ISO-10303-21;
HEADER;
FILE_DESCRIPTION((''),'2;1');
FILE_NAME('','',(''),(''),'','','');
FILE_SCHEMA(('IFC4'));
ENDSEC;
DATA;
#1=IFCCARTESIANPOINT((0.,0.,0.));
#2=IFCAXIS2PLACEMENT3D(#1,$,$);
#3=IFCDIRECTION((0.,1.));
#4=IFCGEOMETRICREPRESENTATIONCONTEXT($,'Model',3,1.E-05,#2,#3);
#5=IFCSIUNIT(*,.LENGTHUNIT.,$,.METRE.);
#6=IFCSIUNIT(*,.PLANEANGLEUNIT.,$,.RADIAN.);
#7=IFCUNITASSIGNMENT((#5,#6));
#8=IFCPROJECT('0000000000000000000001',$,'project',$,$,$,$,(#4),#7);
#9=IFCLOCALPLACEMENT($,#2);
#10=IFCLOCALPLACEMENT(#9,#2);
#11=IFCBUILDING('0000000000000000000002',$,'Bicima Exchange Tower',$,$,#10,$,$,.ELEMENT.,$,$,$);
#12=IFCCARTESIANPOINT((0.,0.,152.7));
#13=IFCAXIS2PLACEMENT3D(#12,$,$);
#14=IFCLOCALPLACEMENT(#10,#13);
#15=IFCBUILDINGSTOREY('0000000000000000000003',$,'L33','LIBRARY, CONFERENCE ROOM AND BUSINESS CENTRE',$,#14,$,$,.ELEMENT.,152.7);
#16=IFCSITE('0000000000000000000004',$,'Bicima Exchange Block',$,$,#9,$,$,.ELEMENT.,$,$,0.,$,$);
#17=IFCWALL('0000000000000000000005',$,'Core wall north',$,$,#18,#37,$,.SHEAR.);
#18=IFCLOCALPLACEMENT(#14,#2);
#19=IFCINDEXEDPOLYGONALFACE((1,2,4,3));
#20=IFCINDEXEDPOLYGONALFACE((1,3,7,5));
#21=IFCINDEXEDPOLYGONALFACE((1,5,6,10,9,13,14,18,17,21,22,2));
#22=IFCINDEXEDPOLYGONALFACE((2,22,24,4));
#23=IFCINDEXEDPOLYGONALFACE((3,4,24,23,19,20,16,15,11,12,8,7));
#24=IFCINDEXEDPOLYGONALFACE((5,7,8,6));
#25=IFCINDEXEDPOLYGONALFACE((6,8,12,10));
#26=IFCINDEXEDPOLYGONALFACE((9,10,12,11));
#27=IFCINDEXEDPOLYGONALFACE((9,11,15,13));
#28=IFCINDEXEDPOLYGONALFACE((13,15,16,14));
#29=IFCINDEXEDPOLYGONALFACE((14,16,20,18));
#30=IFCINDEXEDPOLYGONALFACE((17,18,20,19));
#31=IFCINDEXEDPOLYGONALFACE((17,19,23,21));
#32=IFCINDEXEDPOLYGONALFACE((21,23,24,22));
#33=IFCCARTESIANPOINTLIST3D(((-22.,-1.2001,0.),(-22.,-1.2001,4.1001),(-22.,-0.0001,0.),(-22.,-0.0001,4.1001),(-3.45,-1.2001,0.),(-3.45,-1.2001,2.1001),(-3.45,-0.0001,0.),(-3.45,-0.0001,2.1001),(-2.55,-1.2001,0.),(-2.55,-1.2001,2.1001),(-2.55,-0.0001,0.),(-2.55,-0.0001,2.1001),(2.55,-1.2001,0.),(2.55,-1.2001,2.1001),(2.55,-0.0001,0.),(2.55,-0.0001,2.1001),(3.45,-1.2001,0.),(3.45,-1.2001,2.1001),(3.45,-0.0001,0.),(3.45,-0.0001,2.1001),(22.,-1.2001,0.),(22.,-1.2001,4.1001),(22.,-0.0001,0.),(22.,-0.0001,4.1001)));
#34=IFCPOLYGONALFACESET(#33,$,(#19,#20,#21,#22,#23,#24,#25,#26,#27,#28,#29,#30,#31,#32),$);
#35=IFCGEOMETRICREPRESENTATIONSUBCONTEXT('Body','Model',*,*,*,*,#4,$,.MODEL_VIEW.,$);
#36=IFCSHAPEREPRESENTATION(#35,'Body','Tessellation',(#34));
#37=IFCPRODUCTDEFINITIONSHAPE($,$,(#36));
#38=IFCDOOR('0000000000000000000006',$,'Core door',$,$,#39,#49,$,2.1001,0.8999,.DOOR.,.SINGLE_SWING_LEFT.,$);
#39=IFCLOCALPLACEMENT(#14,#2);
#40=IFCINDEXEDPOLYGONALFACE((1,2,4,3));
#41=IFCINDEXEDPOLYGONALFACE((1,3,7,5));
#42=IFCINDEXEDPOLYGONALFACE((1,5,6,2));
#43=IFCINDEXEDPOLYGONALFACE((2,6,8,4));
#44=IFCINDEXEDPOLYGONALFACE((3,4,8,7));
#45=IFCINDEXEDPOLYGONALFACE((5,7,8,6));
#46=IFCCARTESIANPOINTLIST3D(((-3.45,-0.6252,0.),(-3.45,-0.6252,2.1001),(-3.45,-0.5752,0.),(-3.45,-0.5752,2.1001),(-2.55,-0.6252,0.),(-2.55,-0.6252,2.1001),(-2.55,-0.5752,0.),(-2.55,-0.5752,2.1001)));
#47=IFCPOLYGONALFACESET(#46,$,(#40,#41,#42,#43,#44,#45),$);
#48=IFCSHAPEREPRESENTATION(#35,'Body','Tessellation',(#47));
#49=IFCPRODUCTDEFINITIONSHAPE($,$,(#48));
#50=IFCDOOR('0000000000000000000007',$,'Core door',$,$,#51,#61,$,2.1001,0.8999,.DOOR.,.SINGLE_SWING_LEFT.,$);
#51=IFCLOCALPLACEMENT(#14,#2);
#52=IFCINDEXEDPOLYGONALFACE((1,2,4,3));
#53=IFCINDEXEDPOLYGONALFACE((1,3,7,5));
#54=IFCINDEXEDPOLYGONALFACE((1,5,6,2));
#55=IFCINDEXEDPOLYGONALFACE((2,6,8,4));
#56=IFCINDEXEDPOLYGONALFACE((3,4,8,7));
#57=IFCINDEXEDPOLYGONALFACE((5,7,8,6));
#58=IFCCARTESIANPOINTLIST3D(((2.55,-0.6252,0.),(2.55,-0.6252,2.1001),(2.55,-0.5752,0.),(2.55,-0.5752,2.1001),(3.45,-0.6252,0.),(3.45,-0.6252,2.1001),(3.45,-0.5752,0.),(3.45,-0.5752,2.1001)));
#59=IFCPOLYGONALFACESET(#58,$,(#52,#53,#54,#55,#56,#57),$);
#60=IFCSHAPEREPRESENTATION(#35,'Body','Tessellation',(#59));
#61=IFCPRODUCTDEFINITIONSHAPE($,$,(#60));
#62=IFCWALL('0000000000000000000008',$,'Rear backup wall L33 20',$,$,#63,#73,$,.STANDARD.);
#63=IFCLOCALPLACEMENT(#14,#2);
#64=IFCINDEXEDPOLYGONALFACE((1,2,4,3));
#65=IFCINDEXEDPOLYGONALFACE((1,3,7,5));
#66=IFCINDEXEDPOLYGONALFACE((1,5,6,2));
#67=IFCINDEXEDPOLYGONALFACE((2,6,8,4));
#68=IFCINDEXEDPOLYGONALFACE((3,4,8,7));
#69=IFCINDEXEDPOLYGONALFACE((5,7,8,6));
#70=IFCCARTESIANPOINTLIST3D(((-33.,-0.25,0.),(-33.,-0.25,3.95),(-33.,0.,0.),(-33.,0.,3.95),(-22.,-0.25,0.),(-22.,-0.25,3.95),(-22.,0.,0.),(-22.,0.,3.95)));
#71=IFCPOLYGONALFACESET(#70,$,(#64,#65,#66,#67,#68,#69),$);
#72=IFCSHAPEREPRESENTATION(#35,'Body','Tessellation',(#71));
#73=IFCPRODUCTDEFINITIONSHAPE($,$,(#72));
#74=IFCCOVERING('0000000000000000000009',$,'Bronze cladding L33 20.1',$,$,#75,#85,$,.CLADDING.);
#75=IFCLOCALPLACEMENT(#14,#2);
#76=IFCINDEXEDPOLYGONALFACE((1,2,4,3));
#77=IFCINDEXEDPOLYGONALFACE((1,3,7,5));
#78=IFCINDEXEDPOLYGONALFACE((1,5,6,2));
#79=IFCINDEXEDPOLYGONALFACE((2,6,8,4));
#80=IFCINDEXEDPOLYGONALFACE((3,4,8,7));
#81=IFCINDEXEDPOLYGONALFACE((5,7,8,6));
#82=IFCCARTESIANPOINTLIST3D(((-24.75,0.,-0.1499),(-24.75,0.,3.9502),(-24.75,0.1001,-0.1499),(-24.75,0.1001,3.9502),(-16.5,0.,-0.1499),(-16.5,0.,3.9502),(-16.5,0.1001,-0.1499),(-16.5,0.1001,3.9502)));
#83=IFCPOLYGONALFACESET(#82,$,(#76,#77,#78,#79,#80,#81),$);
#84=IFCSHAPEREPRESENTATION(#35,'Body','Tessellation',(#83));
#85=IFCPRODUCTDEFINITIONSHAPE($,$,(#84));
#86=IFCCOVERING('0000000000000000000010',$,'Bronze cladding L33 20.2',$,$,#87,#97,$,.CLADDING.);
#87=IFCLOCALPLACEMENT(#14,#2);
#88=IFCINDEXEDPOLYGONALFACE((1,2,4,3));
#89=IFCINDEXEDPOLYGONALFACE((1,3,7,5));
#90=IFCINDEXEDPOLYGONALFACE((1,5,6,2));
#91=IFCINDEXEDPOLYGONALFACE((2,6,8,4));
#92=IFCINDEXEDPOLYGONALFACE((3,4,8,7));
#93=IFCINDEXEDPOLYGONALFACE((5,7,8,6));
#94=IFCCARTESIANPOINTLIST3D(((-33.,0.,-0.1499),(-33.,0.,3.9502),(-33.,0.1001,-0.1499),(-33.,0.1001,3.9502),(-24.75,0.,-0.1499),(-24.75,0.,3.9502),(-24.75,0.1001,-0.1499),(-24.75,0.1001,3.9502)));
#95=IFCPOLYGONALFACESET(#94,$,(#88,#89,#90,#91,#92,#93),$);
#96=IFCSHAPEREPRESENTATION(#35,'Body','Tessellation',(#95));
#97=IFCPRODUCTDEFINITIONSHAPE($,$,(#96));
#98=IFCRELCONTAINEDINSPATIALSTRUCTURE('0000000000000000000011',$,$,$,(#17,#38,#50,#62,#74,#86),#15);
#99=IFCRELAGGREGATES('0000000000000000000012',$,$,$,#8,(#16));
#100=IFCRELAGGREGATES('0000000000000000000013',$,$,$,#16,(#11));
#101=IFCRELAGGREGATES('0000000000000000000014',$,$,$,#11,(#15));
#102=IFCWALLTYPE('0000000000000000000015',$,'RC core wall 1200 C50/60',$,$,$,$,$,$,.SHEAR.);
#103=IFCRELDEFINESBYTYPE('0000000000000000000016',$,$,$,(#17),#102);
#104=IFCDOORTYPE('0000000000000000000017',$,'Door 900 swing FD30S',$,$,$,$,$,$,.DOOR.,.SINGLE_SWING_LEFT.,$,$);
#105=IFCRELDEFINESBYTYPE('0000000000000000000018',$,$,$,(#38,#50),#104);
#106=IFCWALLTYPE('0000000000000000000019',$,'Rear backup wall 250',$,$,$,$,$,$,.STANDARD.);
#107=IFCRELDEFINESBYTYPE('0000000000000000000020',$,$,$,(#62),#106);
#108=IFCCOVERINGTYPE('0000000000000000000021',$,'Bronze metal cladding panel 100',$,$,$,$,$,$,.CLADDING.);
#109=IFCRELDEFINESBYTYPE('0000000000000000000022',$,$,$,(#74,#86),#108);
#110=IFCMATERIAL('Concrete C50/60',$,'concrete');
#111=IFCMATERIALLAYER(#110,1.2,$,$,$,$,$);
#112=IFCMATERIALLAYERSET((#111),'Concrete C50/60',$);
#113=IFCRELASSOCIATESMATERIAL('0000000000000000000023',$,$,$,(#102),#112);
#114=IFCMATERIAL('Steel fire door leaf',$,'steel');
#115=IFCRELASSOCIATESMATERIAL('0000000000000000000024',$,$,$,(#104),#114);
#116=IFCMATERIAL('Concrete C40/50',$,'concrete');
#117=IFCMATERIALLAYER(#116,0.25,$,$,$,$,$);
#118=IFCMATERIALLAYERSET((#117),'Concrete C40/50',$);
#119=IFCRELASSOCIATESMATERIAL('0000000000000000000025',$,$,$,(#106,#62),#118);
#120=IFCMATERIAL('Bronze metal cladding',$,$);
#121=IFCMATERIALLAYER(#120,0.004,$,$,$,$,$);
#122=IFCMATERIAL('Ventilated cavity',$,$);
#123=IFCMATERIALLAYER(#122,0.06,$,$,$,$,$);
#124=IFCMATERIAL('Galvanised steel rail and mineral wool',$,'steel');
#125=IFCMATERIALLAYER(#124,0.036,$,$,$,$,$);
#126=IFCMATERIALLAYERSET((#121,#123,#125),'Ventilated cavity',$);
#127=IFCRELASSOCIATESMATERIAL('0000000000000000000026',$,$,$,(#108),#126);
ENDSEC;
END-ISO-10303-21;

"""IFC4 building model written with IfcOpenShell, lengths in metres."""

from ifc_helpers import new_model, si_unit, direction, frame, frame_2d, origin, origin_2d, place, context, subcontext, project, spatial, rectangle, extrude, material, layer, layer_set, layer_usage, type_object, element, fill, save


model = new_model("IFC4")

# Units and contexts
model_context = context("Model", 3, precision=1e-05, world=origin(), true_north=direction((0.0, 1.0)))
body_context = subcontext(model_context, "Body", "Model", "MODEL_VIEW")
ifc_project = project(units=[si_unit("LENGTHUNIT", "METRE"), si_unit("PLANEANGLEUNIT", "RADIAN")], contexts=[model_context])

# Site, building, storey
site_placement = place(None, origin())
site = spatial("IfcSite", under=ifc_project, at=site_placement, Name="Bicima Exchange Block", CompositionType="ELEMENT", RefElevation=0.0)
building_placement = place(site_placement, origin())
building = spatial("IfcBuilding", under=site, at=building_placement, Name="Bicima Exchange Tower", CompositionType="ELEMENT")
storey_placement = place(building_placement, frame((0.0, 0.0, 152.7)))
storey = spatial("IfcBuildingStorey", under=building, at=storey_placement, Name="L33", Description="LIBRARY, CONFERENCE ROOM AND BUSINESS CENTRE", CompositionType="ELEMENT", Elevation=152.7)

# Wall, openings, doors
ifc_material_1 = material(Name="Concrete C50/60", Category="concrete")
ifc_layer_1 = layer(ifc_material_1, 1.2)
ifc_layer_set_1 = layer_set([ifc_layer_1], Name="Concrete C50/60")
wall_type_1 = type_object("IfcWallType", Name="RC core wall 1200 C50/60", PredefinedType="SHEAR", material=ifc_layer_set_1)
wall_1_placement = place(storey_placement, frame((-22.0, -0.6001, 0.0), z_axis=(0.0, 0.0, 1.0), x_axis=(1.0, 0.0, 0.0)))
wall_1 = element("IfcWall", 1, at=wall_1_placement, inside=storey, type_object=wall_type_1, Name="Core wall north", PredefinedType="SHEAR", context=body_context, shape_type="SweptSolid", body=[
    extrude(rectangle(XDim=44.0, YDim=1.2, at=frame_2d((22.0, 0.0))), origin(), (0.0, 0.0, 1.0), 4.1001),
])
opening_1_placement = place(wall_1_placement, frame((18.55, 0.0, 0.0)))
opening_1 = element("IfcOpeningElement", 2, at=opening_1_placement, cuts=wall_1, PredefinedType="OPENING", context=body_context, shape_type="SweptSolid", body=[
    extrude(rectangle(XDim=0.8999, YDim=2.1001, at=frame_2d((0.45, 1.05))), frame((0.0, 0.6118, 0.0), z_axis=(0.0, -1.0, 0.0), x_axis=(1.0, 0.0, 0.0)), (0.0, 0.0, 1.0), 1.2239),
])
opening_2_placement = place(wall_1_placement, frame((24.55, 0.0, 0.0)))
opening_2 = element("IfcOpeningElement", 3, at=opening_2_placement, cuts=wall_1, PredefinedType="OPENING", context=body_context, shape_type="SweptSolid", body=[
    extrude(rectangle(XDim=0.8999, YDim=2.1001, at=frame_2d((0.45, 1.05))), frame((0.0, 0.6118, 0.0), z_axis=(0.0, -1.0, 0.0), x_axis=(1.0, 0.0, 0.0)), (0.0, 0.0, 1.0), 1.2239),
])
ifc_material_2 = material(Name="Steel fire door leaf", Category="steel")
door_type = type_object("IfcDoorType", Name="Door 900 swing FD30S", OperationType="SINGLE_SWING_LEFT", PredefinedType="DOOR", material=ifc_material_2)
door_1_placement = place(opening_1_placement, origin())
door_1 = element("IfcDoor", 4, at=door_1_placement, inside=storey, type_object=door_type, Name="Core door", OperationType="SINGLE_SWING_LEFT", OverallHeight=2.1001, OverallWidth=0.8999, PredefinedType="DOOR", context=body_context, shape_type="SweptSolid", body=[
    extrude(rectangle(XDim=0.8999, YDim=2.1001, at=frame_2d((0.45, 1.05))), frame((0.0, 0.0249, 0.0), z_axis=(0.0, -1.0, 0.0), x_axis=(1.0, 0.0, 0.0)), (0.0, 0.0, 1.0), 0.05),
])
fill(opening_1, door_1)
door_2_placement = place(opening_2_placement, origin())
door_2 = element("IfcDoor", 5, at=door_2_placement, inside=storey, type_object=door_type, Name="Core door", OperationType="SINGLE_SWING_LEFT", OverallHeight=2.1001, OverallWidth=0.8999, PredefinedType="DOOR", context=body_context, shape_type="SweptSolid", body=[
    extrude(rectangle(XDim=0.8999, YDim=2.1001, at=frame_2d((0.45, 1.05))), frame((0.0, 0.0249, 0.0), z_axis=(0.0, -1.0, 0.0), x_axis=(1.0, 0.0, 0.0)), (0.0, 0.0, 1.0), 0.05),
])
fill(opening_2, door_2)

# Wall
ifc_material_3 = material(Name="Concrete C40/50", Category="concrete")
ifc_layer_2 = layer(ifc_material_3, 0.25)
ifc_layer_set_2 = layer_set([ifc_layer_2], Name="Concrete C40/50")
ifc_layer_usage = layer_usage(ifc_layer_set_2, "AXIS2", "POSITIVE", -0.125)
wall_type_2 = type_object("IfcWallType", Name="Rear backup wall 250", PredefinedType="STANDARD", material=ifc_layer_set_2)
wall_2_placement = place(storey_placement, frame((-22.0, -0.125, 0.0), z_axis=(0.0, 0.0, 1.0), x_axis=(-1.0, 0.0, 0.0)))
element("IfcWall", 6, at=wall_2_placement, inside=storey, type_object=wall_type_2, material=ifc_layer_usage, Name="Rear backup wall L33 20", PredefinedType="STANDARD", context=body_context, shape_type="SweptSolid", body=[
    extrude(rectangle(XDim=11.0, YDim=0.25, at=frame_2d((5.5, 0.0))), origin(), (0.0, 0.0, 1.0), 3.95),
])

# Coverings
ifc_material_4 = material(Name="Bronze metal cladding")
ifc_layer_3 = layer(ifc_material_4, 0.004)
ifc_material_5 = material(Name="Ventilated cavity")
ifc_layer_4 = layer(ifc_material_5, 0.06)
ifc_material_6 = material(Name="Galvanised steel rail and mineral wool", Category="steel")
ifc_layer_5 = layer(ifc_material_6, 0.036)
ifc_layer_set_3 = layer_set([ifc_layer_3, ifc_layer_4, ifc_layer_5], Name="Ventilated cavity")
covering_type = type_object("IfcCoveringType", Name="Bronze metal cladding panel 100", PredefinedType="CLADDING", material=ifc_layer_set_3)
for number, where, z_axis, x_axis, name in (
    (7, (-20.625, 0.05, -0.1499), (0.0, 0.0, 1.0), (-1.0, 0.0, 0.0), "Bronze cladding L33 20.1"),
    (8, (-28.875, 0.05, -0.1499), (0.0, 0.0, 1.0), (-1.0, 0.0, 0.0), "Bronze cladding L33 20.2"),
):
    element("IfcCovering", number, at=place(storey_placement, frame(where, z_axis=z_axis, x_axis=x_axis)), inside=storey, type_object=covering_type, Name=name, PredefinedType="CLADDING", context=body_context, shape_type="SweptSolid", body=[
        extrude(rectangle(XDim=8.25, YDim=0.1001, at=origin_2d()), origin(), (0.0, 0.0, 1.0), 4.1001),
    ])

save(model, "model.ifc")
